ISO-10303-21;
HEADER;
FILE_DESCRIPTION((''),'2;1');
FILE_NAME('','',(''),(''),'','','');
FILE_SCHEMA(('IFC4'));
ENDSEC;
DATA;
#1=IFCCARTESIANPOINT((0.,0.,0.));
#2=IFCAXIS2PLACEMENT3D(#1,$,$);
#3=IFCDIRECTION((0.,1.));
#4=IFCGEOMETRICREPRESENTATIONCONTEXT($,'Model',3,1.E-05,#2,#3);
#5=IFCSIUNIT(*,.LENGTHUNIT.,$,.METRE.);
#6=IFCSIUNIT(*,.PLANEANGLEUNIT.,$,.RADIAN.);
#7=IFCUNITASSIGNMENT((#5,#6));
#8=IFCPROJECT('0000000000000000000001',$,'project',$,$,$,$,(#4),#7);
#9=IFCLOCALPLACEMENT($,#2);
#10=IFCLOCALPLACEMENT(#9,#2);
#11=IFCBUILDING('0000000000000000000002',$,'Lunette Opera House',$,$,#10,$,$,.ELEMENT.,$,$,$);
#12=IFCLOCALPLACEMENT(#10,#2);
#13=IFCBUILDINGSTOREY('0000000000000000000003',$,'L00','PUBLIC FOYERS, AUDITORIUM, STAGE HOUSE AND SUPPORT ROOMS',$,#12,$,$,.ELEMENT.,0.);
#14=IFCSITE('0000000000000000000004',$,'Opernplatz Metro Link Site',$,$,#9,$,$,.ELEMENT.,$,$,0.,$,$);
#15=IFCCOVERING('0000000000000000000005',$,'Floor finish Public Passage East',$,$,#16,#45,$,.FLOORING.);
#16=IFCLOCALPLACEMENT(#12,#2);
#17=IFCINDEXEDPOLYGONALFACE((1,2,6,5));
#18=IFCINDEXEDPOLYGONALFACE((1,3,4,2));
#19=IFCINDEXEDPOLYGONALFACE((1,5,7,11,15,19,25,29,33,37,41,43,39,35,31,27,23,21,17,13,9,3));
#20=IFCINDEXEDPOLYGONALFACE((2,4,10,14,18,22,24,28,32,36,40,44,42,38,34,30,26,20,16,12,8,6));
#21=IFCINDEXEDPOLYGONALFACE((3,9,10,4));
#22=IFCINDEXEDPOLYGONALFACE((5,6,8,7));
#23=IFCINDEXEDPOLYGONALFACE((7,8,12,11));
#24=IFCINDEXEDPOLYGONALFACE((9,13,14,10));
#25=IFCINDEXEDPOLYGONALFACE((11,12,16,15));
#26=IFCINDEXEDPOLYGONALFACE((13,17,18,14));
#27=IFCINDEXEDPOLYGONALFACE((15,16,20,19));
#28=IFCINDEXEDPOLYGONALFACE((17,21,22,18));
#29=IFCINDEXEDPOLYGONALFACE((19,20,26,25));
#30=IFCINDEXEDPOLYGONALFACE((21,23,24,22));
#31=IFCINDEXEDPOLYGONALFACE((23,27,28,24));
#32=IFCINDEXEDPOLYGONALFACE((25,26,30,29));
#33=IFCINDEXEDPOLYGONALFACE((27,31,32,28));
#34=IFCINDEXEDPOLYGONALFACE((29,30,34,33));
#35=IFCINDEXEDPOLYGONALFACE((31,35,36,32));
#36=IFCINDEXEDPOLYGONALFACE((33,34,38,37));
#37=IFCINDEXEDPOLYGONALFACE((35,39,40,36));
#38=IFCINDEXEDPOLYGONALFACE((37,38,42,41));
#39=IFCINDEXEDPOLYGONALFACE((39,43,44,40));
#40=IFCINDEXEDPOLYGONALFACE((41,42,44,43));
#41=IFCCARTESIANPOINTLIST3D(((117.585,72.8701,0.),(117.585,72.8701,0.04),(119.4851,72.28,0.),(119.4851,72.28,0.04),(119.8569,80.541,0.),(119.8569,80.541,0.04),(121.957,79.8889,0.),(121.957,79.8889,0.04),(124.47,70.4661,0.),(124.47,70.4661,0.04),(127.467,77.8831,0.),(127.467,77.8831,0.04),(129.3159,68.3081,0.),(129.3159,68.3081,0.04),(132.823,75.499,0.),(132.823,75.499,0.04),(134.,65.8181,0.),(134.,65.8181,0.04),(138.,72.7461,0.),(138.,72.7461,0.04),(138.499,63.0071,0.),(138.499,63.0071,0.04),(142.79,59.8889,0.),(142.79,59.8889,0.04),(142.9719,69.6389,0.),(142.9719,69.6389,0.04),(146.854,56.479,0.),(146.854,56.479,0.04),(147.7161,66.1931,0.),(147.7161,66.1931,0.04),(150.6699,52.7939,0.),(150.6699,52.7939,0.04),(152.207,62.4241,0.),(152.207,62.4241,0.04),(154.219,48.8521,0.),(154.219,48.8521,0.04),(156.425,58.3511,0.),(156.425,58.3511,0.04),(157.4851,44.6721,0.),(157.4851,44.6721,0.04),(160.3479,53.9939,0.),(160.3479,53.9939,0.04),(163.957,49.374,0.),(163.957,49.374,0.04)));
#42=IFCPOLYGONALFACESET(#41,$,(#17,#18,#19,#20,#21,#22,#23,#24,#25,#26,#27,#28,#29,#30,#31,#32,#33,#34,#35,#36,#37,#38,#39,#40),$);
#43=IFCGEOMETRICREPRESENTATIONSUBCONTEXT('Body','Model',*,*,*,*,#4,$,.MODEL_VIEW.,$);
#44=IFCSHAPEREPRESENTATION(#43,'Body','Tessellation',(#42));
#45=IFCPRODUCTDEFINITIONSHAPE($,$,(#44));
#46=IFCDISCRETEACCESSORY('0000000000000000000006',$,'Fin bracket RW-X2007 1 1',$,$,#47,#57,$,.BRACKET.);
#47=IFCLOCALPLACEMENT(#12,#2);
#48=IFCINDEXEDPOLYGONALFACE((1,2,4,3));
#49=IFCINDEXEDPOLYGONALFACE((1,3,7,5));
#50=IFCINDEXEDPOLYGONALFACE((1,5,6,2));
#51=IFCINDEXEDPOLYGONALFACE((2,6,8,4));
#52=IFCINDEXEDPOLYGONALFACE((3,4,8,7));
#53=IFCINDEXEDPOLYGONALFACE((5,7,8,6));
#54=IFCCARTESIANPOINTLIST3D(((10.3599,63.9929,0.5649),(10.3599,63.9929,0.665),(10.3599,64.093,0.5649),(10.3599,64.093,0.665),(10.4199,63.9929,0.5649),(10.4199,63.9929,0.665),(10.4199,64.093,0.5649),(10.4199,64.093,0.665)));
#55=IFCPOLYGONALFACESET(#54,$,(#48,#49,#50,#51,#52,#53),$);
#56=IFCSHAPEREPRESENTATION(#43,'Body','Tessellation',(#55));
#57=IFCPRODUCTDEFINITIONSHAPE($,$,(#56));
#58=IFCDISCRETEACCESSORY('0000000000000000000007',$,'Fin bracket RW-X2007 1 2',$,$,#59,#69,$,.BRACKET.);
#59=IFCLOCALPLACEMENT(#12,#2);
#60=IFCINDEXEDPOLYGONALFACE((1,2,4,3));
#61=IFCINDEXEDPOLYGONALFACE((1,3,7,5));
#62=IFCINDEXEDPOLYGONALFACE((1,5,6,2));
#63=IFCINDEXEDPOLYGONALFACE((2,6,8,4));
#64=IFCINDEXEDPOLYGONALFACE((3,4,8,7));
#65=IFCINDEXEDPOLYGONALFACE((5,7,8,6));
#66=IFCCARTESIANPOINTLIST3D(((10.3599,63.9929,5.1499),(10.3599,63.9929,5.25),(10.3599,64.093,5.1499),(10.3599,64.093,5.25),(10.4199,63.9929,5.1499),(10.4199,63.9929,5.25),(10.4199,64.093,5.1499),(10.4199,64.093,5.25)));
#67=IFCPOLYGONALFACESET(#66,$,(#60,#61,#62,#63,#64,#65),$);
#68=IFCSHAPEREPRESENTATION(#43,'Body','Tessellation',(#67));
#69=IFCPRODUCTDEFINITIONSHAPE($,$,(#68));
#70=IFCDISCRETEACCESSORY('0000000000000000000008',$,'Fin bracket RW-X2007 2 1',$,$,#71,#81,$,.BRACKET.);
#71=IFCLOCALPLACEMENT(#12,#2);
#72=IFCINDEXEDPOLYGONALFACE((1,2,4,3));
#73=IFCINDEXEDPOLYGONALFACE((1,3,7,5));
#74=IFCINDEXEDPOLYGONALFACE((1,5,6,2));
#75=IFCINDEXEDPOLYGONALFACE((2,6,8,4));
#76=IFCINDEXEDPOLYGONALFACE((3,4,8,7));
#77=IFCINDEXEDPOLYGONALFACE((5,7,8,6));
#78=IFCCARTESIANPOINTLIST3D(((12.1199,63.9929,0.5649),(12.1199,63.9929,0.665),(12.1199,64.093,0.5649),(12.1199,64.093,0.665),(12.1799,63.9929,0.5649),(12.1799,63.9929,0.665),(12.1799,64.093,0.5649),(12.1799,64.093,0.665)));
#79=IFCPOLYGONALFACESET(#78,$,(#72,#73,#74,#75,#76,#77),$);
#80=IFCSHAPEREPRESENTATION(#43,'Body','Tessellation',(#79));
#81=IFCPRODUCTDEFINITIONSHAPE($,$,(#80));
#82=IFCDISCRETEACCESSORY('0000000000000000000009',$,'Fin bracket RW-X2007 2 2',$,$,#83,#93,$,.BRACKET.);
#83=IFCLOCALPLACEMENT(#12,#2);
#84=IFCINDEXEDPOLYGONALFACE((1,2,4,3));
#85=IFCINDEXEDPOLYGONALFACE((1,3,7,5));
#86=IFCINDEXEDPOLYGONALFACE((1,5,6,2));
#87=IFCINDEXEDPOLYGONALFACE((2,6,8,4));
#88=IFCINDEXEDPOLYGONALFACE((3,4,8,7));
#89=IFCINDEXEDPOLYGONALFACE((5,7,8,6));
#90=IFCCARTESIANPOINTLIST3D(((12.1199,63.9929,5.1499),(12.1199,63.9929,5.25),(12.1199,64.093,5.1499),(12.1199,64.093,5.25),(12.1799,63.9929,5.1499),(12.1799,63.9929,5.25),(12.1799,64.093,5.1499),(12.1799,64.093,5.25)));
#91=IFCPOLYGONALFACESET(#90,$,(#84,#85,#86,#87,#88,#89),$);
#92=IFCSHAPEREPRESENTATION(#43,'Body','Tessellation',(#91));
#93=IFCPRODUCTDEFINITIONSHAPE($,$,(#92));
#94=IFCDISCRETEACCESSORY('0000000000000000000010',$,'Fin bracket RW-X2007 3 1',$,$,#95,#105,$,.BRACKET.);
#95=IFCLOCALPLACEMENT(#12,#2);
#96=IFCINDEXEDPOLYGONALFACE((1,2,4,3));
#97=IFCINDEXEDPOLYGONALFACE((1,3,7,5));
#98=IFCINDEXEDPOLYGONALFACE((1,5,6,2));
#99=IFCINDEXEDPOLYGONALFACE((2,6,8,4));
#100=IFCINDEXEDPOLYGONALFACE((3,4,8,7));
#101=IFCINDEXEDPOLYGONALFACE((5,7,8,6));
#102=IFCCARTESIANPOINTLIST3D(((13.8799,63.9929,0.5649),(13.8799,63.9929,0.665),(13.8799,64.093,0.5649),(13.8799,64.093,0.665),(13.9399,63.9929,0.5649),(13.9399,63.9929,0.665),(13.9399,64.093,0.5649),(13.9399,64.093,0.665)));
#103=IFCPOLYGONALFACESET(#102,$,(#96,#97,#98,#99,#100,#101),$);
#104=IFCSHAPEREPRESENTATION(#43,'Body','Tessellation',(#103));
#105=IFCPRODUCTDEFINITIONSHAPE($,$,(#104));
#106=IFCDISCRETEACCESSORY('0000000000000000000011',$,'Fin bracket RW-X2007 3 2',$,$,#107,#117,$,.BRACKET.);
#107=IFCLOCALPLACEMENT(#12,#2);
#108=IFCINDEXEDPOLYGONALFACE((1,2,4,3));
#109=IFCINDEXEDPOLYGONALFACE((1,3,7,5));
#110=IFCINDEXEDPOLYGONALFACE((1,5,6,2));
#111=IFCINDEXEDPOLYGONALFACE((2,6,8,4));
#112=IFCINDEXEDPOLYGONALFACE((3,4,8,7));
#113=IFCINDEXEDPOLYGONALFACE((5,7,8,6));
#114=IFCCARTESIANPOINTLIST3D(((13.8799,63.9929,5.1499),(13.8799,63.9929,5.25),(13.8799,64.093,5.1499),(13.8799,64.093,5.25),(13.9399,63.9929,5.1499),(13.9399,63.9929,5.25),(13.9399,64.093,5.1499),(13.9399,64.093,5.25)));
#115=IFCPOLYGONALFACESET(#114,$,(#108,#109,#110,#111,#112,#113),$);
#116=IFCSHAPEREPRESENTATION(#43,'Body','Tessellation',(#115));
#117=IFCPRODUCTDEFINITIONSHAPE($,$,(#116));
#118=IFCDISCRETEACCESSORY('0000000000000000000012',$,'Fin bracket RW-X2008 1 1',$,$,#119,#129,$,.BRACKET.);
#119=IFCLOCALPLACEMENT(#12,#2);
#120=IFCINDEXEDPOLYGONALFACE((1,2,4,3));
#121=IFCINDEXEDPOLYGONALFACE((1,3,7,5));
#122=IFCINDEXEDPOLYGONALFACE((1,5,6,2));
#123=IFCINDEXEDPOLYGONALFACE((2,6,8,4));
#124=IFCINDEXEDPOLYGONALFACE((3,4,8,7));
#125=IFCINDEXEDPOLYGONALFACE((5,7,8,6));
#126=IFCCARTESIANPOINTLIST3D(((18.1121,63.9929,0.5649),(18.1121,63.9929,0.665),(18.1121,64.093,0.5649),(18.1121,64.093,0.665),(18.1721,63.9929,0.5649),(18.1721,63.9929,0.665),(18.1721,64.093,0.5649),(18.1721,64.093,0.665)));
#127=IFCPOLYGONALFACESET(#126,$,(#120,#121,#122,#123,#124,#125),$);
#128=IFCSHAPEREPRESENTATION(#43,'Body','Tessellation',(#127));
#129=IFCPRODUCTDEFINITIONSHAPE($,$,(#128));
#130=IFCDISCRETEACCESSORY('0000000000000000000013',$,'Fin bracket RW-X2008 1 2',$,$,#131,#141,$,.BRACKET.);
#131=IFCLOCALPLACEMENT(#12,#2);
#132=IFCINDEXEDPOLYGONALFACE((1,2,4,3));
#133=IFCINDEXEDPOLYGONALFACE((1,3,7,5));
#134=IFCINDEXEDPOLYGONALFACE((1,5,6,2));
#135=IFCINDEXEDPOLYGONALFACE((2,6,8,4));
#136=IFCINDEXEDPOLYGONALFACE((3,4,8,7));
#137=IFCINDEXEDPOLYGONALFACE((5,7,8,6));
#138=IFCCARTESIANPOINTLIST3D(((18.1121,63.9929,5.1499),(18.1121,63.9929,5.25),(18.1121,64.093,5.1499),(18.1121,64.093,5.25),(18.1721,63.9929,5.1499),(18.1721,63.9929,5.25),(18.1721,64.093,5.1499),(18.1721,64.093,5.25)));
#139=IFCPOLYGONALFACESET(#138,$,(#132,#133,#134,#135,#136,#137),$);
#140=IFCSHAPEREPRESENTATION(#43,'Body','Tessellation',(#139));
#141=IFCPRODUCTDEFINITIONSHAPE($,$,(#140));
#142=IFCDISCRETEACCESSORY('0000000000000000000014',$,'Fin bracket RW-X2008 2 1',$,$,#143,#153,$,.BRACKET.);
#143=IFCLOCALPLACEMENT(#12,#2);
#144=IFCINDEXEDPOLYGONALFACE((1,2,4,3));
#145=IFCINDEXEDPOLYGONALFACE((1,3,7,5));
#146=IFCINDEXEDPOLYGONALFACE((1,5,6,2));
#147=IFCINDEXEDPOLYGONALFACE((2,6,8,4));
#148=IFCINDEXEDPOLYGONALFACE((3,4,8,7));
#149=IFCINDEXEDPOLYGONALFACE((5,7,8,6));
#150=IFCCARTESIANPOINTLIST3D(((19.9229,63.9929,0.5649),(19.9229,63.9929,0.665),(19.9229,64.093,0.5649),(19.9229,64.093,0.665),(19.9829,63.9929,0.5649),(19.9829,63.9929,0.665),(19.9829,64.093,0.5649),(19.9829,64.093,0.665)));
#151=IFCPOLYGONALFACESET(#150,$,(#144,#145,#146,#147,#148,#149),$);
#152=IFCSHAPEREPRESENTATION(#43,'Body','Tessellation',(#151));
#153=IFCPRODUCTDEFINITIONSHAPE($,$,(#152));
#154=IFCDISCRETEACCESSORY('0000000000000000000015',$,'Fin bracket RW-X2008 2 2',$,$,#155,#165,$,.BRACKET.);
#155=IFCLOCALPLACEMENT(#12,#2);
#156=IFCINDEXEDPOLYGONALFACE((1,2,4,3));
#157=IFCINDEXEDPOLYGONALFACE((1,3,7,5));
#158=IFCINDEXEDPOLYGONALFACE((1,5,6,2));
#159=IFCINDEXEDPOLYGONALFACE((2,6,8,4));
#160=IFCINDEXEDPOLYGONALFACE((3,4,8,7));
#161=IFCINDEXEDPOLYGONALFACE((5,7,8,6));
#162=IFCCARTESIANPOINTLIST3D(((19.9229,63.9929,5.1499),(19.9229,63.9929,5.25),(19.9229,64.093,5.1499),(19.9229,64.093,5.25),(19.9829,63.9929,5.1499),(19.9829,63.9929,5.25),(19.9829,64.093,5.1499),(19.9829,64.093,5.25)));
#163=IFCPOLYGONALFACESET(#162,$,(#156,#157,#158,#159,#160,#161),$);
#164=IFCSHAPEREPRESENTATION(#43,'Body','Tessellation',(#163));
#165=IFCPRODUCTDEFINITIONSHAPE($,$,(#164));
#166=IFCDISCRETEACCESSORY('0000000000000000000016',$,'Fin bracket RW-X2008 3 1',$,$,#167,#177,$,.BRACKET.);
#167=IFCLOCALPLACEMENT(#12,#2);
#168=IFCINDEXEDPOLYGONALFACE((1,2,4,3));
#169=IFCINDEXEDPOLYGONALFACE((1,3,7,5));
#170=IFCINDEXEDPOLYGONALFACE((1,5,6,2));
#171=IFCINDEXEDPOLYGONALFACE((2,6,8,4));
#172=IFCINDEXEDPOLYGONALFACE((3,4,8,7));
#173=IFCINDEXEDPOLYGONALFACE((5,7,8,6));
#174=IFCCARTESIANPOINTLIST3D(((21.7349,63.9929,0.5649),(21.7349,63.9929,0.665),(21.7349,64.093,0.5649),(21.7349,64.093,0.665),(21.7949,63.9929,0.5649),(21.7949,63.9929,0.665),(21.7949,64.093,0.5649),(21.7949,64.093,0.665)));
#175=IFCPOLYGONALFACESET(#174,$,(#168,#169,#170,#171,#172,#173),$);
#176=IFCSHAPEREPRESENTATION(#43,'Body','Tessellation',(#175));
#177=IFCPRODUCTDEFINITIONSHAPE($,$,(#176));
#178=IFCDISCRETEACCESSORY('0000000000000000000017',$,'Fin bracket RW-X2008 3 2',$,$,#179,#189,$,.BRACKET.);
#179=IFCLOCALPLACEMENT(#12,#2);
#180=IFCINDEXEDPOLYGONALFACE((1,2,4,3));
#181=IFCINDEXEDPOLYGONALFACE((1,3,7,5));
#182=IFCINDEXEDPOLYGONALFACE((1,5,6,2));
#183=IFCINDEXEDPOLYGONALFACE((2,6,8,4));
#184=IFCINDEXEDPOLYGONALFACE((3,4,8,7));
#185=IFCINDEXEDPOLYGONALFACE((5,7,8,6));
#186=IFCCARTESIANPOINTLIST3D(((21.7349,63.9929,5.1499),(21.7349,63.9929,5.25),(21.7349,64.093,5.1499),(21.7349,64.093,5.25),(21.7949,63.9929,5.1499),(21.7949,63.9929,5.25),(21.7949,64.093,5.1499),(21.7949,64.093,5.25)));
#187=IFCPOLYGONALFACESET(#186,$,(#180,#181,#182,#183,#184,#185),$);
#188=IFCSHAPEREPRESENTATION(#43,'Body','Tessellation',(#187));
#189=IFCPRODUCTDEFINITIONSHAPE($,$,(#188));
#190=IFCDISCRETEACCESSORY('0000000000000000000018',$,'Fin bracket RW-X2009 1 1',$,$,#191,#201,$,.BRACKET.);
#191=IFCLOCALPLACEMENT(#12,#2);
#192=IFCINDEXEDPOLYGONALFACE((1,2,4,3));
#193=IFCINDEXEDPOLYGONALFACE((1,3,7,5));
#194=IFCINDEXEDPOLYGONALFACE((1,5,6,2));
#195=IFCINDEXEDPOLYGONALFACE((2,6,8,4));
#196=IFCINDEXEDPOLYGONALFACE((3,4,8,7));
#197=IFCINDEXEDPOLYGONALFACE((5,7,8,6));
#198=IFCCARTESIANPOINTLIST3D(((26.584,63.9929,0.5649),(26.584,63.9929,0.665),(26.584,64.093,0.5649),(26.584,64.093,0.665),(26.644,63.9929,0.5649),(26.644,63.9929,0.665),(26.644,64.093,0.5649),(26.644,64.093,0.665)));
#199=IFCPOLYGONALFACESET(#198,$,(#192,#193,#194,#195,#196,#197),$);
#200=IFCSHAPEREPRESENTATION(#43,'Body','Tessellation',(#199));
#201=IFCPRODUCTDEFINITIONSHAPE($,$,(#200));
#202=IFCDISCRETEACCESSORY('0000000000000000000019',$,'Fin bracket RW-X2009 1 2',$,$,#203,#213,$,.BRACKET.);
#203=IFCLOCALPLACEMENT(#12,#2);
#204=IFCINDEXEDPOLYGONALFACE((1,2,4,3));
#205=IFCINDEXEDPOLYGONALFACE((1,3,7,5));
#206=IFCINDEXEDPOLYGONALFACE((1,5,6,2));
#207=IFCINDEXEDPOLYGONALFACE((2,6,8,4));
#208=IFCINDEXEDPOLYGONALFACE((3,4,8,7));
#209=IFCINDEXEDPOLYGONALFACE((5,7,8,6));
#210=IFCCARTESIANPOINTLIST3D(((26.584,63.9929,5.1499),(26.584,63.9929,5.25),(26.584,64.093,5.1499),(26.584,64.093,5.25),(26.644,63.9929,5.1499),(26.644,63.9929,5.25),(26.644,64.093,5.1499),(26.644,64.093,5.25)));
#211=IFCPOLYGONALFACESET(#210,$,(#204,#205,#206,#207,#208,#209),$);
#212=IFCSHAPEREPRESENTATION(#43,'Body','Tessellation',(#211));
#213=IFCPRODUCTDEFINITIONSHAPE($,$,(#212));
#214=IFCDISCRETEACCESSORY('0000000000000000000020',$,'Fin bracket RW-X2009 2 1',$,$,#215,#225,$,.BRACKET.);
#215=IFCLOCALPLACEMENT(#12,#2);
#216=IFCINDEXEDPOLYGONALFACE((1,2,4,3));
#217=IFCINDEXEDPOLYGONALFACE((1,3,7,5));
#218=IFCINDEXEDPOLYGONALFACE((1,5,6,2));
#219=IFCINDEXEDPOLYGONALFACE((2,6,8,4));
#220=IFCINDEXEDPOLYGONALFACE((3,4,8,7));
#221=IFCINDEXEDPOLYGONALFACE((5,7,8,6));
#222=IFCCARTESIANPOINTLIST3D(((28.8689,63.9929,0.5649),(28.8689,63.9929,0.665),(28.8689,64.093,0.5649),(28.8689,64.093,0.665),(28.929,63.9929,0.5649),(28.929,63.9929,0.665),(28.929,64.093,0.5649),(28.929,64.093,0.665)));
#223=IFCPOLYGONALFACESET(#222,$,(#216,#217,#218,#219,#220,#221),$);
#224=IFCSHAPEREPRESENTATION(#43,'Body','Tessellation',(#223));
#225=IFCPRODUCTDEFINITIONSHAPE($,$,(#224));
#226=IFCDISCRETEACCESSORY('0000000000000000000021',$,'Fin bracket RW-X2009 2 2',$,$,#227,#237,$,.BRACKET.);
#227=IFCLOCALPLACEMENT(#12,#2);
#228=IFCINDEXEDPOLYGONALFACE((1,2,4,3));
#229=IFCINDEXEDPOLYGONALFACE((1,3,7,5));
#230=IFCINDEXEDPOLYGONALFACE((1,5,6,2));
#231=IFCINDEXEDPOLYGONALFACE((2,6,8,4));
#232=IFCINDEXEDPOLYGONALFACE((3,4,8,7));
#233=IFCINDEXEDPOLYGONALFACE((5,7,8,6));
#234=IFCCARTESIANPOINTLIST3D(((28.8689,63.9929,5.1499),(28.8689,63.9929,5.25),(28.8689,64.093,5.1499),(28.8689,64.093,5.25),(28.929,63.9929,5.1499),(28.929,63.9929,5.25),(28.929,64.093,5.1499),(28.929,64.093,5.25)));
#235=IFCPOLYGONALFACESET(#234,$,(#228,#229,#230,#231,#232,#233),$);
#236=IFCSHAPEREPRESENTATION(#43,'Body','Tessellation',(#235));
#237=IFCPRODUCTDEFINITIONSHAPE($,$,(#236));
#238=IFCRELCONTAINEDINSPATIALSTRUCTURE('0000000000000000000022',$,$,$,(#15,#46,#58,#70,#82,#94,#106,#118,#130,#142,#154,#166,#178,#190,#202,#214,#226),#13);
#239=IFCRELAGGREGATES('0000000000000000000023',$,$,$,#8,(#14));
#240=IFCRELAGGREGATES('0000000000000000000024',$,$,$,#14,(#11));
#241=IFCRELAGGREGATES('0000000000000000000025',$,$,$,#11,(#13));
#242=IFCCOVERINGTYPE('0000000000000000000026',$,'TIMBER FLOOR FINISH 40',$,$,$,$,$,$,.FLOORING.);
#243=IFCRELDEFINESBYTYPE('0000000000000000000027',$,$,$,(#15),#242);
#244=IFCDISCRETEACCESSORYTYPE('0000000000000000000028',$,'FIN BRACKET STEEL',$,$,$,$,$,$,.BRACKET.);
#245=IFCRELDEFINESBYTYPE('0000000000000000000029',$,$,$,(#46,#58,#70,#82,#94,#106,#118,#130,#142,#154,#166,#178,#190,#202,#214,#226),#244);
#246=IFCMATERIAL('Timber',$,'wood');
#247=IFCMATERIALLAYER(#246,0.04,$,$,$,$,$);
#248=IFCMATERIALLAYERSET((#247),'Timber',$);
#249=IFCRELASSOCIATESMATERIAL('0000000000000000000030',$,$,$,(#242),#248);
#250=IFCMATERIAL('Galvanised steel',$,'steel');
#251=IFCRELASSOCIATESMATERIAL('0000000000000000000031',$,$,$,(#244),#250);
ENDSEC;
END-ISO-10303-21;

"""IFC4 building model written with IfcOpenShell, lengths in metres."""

from ifc_helpers import new_model, si_unit, direction, frame, origin, origin_2d, place, context, subcontext, project, spatial, polyline, rectangle, outline, extrude, material, layer, layer_set, type_object, element, save


model = new_model("IFC4")

# Units and contexts
model_context = context("Model", 3, precision=1e-05, world=origin(), true_north=direction((0.0, 1.0)))
body_context = subcontext(model_context, "Body", "Model", "MODEL_VIEW")
ifc_project = project(units=[si_unit("LENGTHUNIT", "METRE"), si_unit("PLANEANGLEUNIT", "RADIAN")], contexts=[model_context])

# Site, building, storey
site_placement = place(None, origin())
site = spatial("IfcSite", under=ifc_project, at=site_placement, Name="Opernplatz Metro Link Site", CompositionType="ELEMENT", RefElevation=0.0)
building_placement = place(site_placement, origin())
building = spatial("IfcBuilding", under=site, at=building_placement, Name="Lunette Opera House", CompositionType="ELEMENT")
storey_placement = place(building_placement, origin())
storey = spatial("IfcBuildingStorey", under=building, at=storey_placement, Name="L00", Description="PUBLIC FOYERS, AUDITORIUM, STAGE HOUSE AND SUPPORT ROOMS", CompositionType="ELEMENT", Elevation=0.0)

# Covering
ifc_material_1 = material(Name="Timber", Category="wood")
ifc_layer_1 = layer(ifc_material_1, 0.04)
ifc_layer_set_1 = layer_set([ifc_layer_1], Name="Timber")
covering_type_1 = type_object("IfcCoveringType", Name="TIMBER FLOOR FINISH 40", PredefinedType="FLOORING", material=ifc_layer_set_1)
covering_1_placement = place(storey_placement, origin())
element("IfcCovering", 1, at=covering_1_placement, inside=storey, type_object=covering_type_1, Name="Floor finish Public Passage East", PredefinedType="FLOORING", context=body_context, shape_type="SweptSolid", body=[
    extrude(outline(polyline([(132.823, 75.499), (138.0, 72.7461), (142.9719, 69.6389), (147.7161, 66.1931), (152.207, 62.4241), (156.425, 58.3511), (160.3479, 53.9939), (163.957, 49.374), (157.4851, 44.6721), (154.219, 48.8521), (150.6699, 52.7939), (146.854, 56.479), (142.79, 59.8889), (138.499, 63.0071), (134.0, 65.8181), (129.3159, 68.3081), (124.47, 70.4661), (119.4851, 72.28), (117.585, 72.8701), (119.8569, 80.541), (121.957, 79.8889), (127.467, 77.8831), (132.823, 75.499)])), origin(), (0.0, 0.0, 1.0), 0.04),
])

# Discrete accessories
ifc_material_2 = material(Name="Galvanised steel", Category="steel")
discrete_accessory_type = type_object("IfcDiscreteAccessoryType", Name="FIN BRACKET STEEL", PredefinedType="BRACKET", material=ifc_material_2)
for number, where, z_axis, x_axis, name in (
    (2, (10.3899, 64.043, 0.5649), (0.0, 0.0, 1.0), (0.0, -1.0, 0.0), "Fin bracket RW-X2007 1 1"),
    (3, (10.3899, 64.043, 5.1499), (0.0, 0.0, 1.0), (0.0, -1.0, 0.0), "Fin bracket RW-X2007 1 2"),
    (4, (12.1499, 64.043, 0.5649), (0.0, 0.0, 1.0), (0.0, -1.0, 0.0), "Fin bracket RW-X2007 2 1"),
    (5, (12.1499, 64.043, 5.1499), (0.0, 0.0, 1.0), (0.0, -1.0, 0.0), "Fin bracket RW-X2007 2 2"),
    (6, (13.9099, 64.043, 0.5649), (0.0, 0.0, 1.0), (0.0, -1.0, 0.0), "Fin bracket RW-X2007 3 1"),
    (7, (13.9099, 64.043, 5.1499), (0.0, 0.0, 1.0), (0.0, -1.0, 0.0), "Fin bracket RW-X2007 3 2"),
    (8, (18.1421, 64.043, 0.5649), (0.0, 0.0, 1.0), (0.0, -1.0, 0.0), "Fin bracket RW-X2008 1 1"),
    (9, (18.1421, 64.043, 5.1499), (0.0, 0.0, 1.0), (0.0, -1.0, 0.0), "Fin bracket RW-X2008 1 2"),
    (10, (19.9529, 64.043, 0.5649), (0.0, 0.0, 1.0), (0.0, -1.0, 0.0), "Fin bracket RW-X2008 2 1"),
    (11, (19.9529, 64.043, 5.1499), (0.0, 0.0, 1.0), (0.0, -1.0, 0.0), "Fin bracket RW-X2008 2 2"),
    (12, (21.7649, 64.043, 0.5649), (0.0, 0.0, 1.0), (0.0, -1.0, 0.0), "Fin bracket RW-X2008 3 1"),
    (13, (21.7649, 64.043, 5.1499), (0.0, 0.0, 1.0), (0.0, -1.0, 0.0), "Fin bracket RW-X2008 3 2"),
    (14, (26.614, 64.043, 0.5649), (0.0, 0.0, 1.0), (0.0, -1.0, 0.0), "Fin bracket RW-X2009 1 1"),
    (15, (26.614, 64.043, 5.1499), (0.0, 0.0, 1.0), (0.0, -1.0, 0.0), "Fin bracket RW-X2009 1 2"),
    (16, (28.8989, 64.043, 0.5649), (0.0, 0.0, 1.0), (0.0, -1.0, 0.0), "Fin bracket RW-X2009 2 1"),
    (17, (28.8989, 64.043, 5.1499), (0.0, 0.0, 1.0), (0.0, -1.0, 0.0), "Fin bracket RW-X2009 2 2"),
):
    element("IfcDiscreteAccessory", number, at=place(storey_placement, frame(where, z_axis=z_axis, x_axis=x_axis)), inside=storey, type_object=discrete_accessory_type, Name=name, PredefinedType="BRACKET", context=body_context, shape_type="SweptSolid", body=[
        extrude(rectangle(XDim=0.1001, YDim=0.0601, at=origin_2d()), origin(), (0.0, 0.0, 1.0), 0.1001),
    ])

save(model, "model.ifc")
